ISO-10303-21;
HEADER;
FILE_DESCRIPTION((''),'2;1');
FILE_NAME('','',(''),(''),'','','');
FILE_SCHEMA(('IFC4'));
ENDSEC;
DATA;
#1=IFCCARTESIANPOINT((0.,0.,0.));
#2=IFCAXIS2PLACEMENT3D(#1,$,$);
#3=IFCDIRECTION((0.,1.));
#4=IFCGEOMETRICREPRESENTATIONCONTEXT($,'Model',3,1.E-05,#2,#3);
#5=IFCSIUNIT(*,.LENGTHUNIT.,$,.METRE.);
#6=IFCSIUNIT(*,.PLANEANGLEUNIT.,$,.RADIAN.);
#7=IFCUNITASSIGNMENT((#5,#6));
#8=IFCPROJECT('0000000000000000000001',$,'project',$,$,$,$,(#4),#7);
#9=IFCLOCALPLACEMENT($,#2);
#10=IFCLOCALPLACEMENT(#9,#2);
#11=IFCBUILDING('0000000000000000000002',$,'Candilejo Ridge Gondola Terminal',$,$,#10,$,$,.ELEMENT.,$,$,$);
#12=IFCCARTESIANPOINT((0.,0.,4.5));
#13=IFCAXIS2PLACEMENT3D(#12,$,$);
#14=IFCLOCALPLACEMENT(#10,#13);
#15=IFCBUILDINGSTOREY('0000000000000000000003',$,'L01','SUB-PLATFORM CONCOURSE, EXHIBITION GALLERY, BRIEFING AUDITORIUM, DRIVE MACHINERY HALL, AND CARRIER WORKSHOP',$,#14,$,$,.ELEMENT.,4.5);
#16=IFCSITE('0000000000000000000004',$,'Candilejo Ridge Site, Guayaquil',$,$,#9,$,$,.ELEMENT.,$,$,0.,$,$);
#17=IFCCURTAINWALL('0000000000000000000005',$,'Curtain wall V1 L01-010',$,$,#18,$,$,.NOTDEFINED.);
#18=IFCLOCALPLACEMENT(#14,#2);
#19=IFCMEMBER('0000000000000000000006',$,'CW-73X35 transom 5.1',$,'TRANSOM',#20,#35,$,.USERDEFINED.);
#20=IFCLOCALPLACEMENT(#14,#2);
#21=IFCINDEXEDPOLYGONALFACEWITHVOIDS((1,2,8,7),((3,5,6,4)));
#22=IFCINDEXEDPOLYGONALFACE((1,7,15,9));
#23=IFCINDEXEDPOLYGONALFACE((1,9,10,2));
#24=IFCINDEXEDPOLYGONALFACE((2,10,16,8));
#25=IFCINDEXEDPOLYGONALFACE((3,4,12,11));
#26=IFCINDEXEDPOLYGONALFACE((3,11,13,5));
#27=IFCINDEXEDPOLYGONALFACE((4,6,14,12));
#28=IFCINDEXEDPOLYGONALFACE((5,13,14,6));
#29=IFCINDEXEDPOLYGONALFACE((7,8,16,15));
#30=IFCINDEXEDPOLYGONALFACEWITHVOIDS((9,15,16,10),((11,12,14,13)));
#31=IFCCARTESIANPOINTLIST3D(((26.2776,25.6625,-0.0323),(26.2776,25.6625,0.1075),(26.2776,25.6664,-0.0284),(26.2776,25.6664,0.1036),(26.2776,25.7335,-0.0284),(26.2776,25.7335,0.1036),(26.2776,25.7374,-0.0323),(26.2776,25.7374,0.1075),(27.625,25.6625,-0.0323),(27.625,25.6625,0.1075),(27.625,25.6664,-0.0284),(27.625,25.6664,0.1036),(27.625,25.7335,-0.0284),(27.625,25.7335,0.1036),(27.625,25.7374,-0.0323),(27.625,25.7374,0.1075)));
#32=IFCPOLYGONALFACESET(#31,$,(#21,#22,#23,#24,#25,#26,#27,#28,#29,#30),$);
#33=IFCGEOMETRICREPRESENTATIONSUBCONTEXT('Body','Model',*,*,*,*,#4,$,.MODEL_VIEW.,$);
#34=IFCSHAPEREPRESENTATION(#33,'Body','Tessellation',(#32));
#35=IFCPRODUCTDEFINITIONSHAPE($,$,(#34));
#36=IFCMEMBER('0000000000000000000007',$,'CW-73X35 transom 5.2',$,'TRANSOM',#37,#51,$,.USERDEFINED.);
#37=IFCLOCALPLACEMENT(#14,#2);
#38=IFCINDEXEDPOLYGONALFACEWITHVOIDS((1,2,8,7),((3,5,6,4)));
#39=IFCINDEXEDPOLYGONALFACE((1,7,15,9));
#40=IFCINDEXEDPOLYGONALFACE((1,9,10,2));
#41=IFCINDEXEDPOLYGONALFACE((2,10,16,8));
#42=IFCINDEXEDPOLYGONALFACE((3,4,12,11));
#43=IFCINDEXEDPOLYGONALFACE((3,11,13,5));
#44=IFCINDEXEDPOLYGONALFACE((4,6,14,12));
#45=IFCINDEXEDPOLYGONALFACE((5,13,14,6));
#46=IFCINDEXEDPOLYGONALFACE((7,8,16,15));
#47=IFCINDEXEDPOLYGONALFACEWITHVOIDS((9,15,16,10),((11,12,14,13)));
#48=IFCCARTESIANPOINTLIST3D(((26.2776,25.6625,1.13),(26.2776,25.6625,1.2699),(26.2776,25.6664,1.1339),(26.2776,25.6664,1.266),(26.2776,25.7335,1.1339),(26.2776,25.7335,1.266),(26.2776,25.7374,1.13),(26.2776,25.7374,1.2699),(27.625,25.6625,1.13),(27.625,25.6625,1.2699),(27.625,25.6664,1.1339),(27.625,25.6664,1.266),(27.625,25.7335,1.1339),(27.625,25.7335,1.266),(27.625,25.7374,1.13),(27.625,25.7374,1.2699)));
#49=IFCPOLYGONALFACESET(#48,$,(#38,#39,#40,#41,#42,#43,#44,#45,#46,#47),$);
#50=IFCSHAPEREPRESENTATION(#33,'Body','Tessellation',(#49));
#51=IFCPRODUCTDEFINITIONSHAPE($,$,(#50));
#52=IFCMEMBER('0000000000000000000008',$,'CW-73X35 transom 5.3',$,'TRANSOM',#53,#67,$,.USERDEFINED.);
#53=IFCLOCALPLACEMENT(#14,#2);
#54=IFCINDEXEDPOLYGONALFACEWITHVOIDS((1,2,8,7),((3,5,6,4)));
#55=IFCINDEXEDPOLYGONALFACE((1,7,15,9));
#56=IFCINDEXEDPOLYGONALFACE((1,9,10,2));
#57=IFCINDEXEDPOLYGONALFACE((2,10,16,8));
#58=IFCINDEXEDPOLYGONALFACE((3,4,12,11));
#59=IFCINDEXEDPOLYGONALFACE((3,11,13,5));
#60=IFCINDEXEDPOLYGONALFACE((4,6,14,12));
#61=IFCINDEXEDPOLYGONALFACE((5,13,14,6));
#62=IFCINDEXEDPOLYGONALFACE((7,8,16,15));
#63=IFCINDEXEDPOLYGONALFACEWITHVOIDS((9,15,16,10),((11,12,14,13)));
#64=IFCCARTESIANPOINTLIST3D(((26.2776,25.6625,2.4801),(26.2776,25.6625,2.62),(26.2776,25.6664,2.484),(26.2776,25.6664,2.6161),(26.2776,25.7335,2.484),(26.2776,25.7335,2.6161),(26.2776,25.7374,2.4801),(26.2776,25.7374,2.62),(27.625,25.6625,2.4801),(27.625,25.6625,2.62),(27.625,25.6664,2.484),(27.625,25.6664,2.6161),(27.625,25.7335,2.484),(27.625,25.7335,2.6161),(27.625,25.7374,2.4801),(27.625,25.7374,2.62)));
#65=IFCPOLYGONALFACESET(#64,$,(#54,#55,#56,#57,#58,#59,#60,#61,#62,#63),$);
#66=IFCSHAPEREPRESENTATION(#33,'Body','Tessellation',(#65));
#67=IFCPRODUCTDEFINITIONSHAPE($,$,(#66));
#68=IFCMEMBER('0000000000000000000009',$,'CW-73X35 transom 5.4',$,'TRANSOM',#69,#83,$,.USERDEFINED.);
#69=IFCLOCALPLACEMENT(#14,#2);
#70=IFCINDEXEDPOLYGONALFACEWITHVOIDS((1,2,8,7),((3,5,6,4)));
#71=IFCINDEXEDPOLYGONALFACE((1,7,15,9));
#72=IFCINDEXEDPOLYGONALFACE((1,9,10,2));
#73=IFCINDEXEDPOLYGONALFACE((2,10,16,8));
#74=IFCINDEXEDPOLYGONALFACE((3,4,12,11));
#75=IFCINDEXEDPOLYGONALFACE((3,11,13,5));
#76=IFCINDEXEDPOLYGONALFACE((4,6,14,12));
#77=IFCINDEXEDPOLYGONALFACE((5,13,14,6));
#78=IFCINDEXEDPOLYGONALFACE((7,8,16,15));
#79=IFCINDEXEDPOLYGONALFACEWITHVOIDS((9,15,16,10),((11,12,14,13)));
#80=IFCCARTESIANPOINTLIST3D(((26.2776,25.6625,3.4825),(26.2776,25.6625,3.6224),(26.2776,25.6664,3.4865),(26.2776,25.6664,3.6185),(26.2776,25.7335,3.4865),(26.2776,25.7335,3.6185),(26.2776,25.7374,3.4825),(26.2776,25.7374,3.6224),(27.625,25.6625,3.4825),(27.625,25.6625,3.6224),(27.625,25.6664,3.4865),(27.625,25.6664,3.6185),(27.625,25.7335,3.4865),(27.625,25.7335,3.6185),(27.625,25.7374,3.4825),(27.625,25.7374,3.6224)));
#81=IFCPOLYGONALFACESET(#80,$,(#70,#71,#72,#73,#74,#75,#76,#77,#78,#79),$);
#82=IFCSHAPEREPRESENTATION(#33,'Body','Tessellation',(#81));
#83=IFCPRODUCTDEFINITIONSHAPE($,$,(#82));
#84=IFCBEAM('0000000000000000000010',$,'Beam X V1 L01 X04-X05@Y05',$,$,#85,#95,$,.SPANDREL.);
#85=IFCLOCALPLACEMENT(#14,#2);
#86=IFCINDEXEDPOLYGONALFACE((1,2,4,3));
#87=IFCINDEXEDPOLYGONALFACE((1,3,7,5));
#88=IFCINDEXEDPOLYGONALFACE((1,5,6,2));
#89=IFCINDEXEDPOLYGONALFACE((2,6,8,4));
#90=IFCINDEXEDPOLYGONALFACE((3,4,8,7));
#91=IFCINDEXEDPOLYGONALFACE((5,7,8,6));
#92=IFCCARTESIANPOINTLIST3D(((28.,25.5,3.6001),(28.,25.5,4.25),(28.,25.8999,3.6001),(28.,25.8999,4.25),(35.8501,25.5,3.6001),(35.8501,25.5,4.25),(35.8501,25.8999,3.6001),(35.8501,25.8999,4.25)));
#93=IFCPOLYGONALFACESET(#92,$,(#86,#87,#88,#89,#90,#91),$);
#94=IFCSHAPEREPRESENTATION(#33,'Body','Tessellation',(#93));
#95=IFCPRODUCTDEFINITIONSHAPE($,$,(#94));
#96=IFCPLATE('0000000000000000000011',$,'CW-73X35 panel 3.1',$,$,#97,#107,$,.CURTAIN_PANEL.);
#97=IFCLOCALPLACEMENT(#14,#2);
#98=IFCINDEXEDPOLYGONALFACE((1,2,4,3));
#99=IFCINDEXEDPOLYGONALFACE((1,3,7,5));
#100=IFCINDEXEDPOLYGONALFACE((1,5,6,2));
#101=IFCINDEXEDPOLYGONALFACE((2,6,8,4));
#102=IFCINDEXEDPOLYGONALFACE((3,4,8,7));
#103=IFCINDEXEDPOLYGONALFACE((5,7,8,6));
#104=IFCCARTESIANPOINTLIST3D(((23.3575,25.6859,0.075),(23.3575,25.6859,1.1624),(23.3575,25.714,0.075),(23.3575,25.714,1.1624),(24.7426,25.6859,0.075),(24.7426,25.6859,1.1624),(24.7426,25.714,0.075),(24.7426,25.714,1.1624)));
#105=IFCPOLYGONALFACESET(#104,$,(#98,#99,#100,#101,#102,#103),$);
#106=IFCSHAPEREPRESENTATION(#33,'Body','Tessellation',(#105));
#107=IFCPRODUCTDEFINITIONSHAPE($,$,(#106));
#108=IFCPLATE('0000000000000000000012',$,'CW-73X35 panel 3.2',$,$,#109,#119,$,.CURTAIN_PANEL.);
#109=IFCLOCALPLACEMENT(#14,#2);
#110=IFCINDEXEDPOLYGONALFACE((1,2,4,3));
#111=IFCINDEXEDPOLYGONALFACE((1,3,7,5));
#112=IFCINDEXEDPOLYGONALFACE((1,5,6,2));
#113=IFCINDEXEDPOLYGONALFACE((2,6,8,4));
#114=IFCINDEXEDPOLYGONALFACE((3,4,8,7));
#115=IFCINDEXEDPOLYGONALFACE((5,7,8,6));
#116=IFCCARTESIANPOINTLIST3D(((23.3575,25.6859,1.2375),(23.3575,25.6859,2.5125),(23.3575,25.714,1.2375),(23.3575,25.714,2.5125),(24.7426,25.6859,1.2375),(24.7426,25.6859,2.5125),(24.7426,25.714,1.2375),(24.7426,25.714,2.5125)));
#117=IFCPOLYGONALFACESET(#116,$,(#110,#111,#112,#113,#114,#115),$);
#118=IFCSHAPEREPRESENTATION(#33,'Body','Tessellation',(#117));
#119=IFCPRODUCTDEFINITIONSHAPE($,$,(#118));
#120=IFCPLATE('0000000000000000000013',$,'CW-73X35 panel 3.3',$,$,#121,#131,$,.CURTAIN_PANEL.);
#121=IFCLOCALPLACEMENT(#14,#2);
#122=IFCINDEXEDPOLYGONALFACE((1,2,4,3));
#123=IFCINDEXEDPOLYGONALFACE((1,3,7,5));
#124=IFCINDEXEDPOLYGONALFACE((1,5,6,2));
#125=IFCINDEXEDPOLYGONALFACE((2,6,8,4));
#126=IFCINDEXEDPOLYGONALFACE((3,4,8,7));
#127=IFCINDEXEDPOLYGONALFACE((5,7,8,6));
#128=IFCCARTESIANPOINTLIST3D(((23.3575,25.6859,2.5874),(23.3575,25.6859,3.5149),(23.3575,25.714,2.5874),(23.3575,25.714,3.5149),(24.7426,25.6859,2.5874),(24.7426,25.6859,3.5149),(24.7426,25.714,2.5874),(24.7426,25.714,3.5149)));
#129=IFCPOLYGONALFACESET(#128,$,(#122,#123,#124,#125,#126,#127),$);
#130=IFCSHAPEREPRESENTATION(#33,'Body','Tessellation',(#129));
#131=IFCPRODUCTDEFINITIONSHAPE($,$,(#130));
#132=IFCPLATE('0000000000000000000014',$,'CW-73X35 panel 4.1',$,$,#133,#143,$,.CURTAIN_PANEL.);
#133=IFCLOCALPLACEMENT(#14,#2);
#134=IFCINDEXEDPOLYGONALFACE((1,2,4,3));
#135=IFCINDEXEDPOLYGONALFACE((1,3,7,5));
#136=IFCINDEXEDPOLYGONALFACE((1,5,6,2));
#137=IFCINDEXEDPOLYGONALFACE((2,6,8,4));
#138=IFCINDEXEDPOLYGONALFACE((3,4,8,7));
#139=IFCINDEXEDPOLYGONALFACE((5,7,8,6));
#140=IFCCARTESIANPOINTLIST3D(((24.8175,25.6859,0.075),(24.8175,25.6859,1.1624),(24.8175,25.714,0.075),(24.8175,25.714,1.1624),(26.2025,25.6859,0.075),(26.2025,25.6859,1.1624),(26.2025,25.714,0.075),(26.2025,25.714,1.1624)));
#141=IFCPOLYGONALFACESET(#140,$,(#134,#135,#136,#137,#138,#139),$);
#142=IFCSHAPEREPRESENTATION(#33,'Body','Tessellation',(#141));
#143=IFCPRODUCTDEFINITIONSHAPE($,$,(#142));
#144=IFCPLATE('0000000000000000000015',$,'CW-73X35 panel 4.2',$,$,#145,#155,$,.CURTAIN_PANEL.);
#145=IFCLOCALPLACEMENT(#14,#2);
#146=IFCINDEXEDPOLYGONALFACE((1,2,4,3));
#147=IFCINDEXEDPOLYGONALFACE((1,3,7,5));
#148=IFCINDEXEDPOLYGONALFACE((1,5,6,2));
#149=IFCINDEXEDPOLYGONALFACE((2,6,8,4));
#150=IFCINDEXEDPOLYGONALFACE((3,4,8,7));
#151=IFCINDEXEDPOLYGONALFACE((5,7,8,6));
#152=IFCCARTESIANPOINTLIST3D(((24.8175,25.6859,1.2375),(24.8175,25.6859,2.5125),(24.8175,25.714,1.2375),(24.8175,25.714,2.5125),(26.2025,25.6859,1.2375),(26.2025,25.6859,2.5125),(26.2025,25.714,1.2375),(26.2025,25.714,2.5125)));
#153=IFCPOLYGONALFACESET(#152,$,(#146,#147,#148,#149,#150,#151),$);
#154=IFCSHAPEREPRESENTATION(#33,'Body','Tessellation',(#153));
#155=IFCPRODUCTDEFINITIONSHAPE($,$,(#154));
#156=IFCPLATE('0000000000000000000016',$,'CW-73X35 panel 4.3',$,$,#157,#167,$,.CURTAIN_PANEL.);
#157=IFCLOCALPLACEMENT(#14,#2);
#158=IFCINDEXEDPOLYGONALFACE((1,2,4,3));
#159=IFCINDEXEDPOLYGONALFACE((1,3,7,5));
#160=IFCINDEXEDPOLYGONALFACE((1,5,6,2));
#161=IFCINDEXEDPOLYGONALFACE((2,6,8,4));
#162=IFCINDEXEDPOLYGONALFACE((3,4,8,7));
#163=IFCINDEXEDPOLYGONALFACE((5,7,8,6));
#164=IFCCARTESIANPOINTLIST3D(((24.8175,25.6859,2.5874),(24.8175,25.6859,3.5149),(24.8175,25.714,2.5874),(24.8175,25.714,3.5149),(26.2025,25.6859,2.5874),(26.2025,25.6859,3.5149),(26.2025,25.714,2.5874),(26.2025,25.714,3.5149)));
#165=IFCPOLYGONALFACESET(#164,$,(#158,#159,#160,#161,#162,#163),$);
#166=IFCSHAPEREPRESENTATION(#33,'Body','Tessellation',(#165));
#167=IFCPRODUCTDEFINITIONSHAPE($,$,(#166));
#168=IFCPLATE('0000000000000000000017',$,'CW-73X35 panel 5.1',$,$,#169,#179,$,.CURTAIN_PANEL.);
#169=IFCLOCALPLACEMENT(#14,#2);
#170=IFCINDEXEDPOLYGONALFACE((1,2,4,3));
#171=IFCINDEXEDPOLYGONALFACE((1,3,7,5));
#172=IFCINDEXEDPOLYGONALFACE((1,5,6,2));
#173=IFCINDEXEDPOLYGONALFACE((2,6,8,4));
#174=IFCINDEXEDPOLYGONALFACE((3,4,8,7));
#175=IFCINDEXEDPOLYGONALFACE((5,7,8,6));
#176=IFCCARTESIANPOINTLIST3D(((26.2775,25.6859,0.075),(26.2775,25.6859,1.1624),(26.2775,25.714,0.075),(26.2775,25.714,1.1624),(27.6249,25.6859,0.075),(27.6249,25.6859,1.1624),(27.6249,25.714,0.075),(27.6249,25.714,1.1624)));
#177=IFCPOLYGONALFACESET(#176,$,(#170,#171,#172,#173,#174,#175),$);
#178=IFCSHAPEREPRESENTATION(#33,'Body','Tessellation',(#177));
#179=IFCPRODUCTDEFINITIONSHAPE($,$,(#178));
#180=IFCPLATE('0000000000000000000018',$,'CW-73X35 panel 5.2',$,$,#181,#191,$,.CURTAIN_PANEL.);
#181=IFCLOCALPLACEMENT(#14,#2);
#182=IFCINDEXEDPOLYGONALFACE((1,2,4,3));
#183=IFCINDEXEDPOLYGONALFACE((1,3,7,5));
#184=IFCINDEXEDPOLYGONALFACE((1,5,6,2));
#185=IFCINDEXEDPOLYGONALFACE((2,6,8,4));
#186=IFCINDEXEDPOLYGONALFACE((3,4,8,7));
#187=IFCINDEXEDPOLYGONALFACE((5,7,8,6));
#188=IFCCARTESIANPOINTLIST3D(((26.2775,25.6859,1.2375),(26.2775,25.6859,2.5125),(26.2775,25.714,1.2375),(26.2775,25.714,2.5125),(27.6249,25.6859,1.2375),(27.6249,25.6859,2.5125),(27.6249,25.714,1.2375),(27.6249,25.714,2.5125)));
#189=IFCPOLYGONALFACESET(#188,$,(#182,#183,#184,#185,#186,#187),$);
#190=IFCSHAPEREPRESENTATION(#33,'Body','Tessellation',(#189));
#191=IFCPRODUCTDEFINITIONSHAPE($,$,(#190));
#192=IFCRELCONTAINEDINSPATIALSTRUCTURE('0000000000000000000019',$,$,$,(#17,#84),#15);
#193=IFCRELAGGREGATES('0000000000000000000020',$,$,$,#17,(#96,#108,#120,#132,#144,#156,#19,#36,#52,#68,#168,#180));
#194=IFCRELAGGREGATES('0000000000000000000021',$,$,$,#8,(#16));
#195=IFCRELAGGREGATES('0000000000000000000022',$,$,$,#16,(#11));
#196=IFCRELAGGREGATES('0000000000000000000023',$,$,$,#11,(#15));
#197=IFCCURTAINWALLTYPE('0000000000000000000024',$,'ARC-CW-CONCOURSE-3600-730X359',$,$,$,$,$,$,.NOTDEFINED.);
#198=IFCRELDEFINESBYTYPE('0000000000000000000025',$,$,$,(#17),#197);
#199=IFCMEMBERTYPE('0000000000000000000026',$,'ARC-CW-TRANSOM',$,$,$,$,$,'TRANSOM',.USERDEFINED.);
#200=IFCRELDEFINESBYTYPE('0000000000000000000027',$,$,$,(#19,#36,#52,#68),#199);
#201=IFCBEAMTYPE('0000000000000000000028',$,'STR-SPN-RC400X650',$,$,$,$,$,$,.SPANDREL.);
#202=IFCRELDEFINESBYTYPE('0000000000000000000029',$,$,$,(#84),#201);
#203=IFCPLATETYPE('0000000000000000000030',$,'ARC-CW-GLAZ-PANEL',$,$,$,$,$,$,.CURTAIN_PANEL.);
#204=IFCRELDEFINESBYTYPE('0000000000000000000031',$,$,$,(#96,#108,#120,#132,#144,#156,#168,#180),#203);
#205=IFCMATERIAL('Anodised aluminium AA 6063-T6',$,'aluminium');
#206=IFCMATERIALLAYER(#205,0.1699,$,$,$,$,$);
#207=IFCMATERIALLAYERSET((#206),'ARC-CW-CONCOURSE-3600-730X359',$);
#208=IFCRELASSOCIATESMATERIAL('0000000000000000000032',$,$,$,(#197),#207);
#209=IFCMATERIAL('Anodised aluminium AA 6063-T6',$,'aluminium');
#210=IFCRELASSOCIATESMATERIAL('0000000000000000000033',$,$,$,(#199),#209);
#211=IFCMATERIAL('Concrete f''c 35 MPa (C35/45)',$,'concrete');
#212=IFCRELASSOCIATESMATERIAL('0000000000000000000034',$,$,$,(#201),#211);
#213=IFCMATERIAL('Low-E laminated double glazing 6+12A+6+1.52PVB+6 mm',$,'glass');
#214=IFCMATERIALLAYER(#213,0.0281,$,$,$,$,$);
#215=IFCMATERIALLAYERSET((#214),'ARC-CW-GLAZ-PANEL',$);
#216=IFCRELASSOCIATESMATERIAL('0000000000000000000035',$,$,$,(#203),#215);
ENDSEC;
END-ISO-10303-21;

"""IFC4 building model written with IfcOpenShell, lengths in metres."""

from ifc_helpers import new_model, si_unit, direction, frame, origin, origin_2d, place, context, subcontext, project, spatial, rectangle, hollow_rectangle, extrude, material, layer, layer_set, material_profile, profile_set, type_object, element, aggregate, save


model = new_model("IFC4")

# Units and contexts
model_context = context("Model", 3, precision=1e-05, world=origin(), true_north=direction((0.0, 1.0)))
body_context = subcontext(model_context, "Body", "Model", "MODEL_VIEW")
ifc_project = project(units=[si_unit("LENGTHUNIT", "METRE"), si_unit("PLANEANGLEUNIT", "RADIAN")], contexts=[model_context])

# Site, building, storey
site_placement = place(None, origin())
site = spatial("IfcSite", under=ifc_project, at=site_placement, Name="Candilejo Ridge Site, Guayaquil", CompositionType="ELEMENT", RefElevation=0.0)
building_placement = place(site_placement, origin())
building = spatial("IfcBuilding", under=site, at=building_placement, Name="Candilejo Ridge Gondola Terminal", CompositionType="ELEMENT")
storey_placement = place(building_placement, frame((0.0, 0.0, 4.5)))
storey = spatial("IfcBuildingStorey", under=building, at=storey_placement, Name="L01", Description="SUB-PLATFORM CONCOURSE, EXHIBITION GALLERY, BRIEFING AUDITORIUM, DRIVE MACHINERY HALL, AND CARRIER WORKSHOP", CompositionType="ELEMENT", Elevation=4.5)

# Curtain wall
ifc_material_1 = material(Name="Anodised aluminium AA 6063-T6", Category="aluminium")
ifc_layer_1 = layer(ifc_material_1, 0.1699)
ifc_layer_set_1 = layer_set([ifc_layer_1], Name="ARC-CW-CONCOURSE-3600-730X359")
curtain_wall_type_1 = type_object("IfcCurtainWallType", Name="ARC-CW-CONCOURSE-3600-730X359", PredefinedType="NOTDEFINED", material=ifc_layer_set_1)
curtain_wall_1_placement = place(storey_placement, origin())
curtain_wall_1 = element("IfcCurtainWall", 1, at=curtain_wall_1_placement, inside=storey, type_object=curtain_wall_type_1, Name="Curtain wall V1 L01-010", PredefinedType="NOTDEFINED")

# Members
ifc_material_2 = material(Name="Anodised aluminium AA 6063-T6", Category="aluminium")
ifc_material_profile_1 = material_profile(ifc_material_2, hollow_rectangle(XDim=0.075, YDim=0.1399, WallThickness=0.0039, at=origin_2d()))
ifc_profile_set_1 = profile_set([ifc_material_profile_1], Name="Anodised aluminium AA 6063-T6")
member_type_1 = type_object("IfcMemberType", Name="ARC-CW-TRANSOM", ElementType="TRANSOM", PredefinedType="USERDEFINED", material=ifc_profile_set_1)
member_1_placement = place(storey_placement, frame((26.2776, 25.7, 0.0376), z_axis=(1.0, 0.0, 0.0), x_axis=(0.0, 1.0, 0.0)))
member_1 = element("IfcMember", 2, at=member_1_placement, type_object=member_type_1, Name="CW-73X35 transom 5.1", ObjectType="TRANSOM", PredefinedType="USERDEFINED", context=body_context, shape_type="SweptSolid", body=[
    extrude(hollow_rectangle(XDim=0.075, YDim=0.1399, WallThickness=0.0039, at=origin_2d()), origin(), (0.0, 0.0, 1.0), 1.3474),
])
member_2_placement = place(storey_placement, frame((26.2776, 25.7, 1.2), z_axis=(1.0, 0.0, 0.0), x_axis=(0.0, 1.0, 0.0)))
member_2 = element("IfcMember", 3, at=member_2_placement, type_object=member_type_1, Name="CW-73X35 transom 5.2", ObjectType="TRANSOM", PredefinedType="USERDEFINED", context=body_context, shape_type="SweptSolid", body=[
    extrude(hollow_rectangle(XDim=0.075, YDim=0.1399, WallThickness=0.0039, at=origin_2d()), origin(), (0.0, 0.0, 1.0), 1.3474),
])
member_3_placement = place(storey_placement, frame((26.2776, 25.7, 2.55), z_axis=(1.0, 0.0, 0.0), x_axis=(0.0, 1.0, 0.0)))
member_3 = element("IfcMember", 4, at=member_3_placement, type_object=member_type_1, Name="CW-73X35 transom 5.3", ObjectType="TRANSOM", PredefinedType="USERDEFINED", context=body_context, shape_type="SweptSolid", body=[
    extrude(hollow_rectangle(XDim=0.075, YDim=0.1399, WallThickness=0.0039, at=origin_2d()), origin(), (0.0, 0.0, 1.0), 1.3474),
])
member_4_placement = place(storey_placement, frame((26.2776, 25.7, 3.5525), z_axis=(1.0, 0.0, 0.0), x_axis=(0.0, 1.0, 0.0)))
member_4 = element("IfcMember", 5, at=member_4_placement, type_object=member_type_1, Name="CW-73X35 transom 5.4", ObjectType="TRANSOM", PredefinedType="USERDEFINED", context=body_context, shape_type="SweptSolid", body=[
    extrude(hollow_rectangle(XDim=0.075, YDim=0.1399, WallThickness=0.0039, at=origin_2d()), origin(), (0.0, 0.0, 1.0), 1.3474),
])

# Beam
ifc_material_3 = material(Name="Concrete f'c 35 MPa (C35/45)", Category="concrete")
ifc_material_profile_2 = material_profile(ifc_material_3, rectangle(XDim=0.3999, YDim=0.6499, at=origin_2d()))
ifc_profile_set_2 = profile_set([ifc_material_profile_2], Name="Concrete f'c 35 MPa (C35/45)")
beam_type = type_object("IfcBeamType", Name="STR-SPN-RC400X650", PredefinedType="SPANDREL", material=ifc_profile_set_2)
beam_placement = place(storey_placement, frame((28.0, 25.7, 3.925), z_axis=(1.0, 0.0, 0.0), x_axis=(0.0, 1.0, 0.0)))
element("IfcBeam", 6, at=beam_placement, inside=storey, type_object=beam_type, Name="Beam X V1 L01 X04-X05@Y05", PredefinedType="SPANDREL", context=body_context, shape_type="SweptSolid", body=[
    extrude(rectangle(XDim=0.3999, YDim=0.6499, at=origin_2d()), origin(), (0.0, 0.0, 1.0), 7.8501),
])

# Plates
ifc_material_4 = material(Name="Low-E laminated double glazing 6+12A+6+1.52PVB+6 mm", Category="glass")
ifc_layer_2 = layer(ifc_material_4, 0.0281)
ifc_layer_set_2 = layer_set([ifc_layer_2], Name="ARC-CW-GLAZ-PANEL")
plate_type = type_object("IfcPlateType", Name="ARC-CW-GLAZ-PANEL", PredefinedType="CURTAIN_PANEL", material=ifc_layer_set_2)
plate_1_placement = place(storey_placement, frame((24.05, 25.7, 0.075), z_axis=(0.0, 0.0, 1.0), x_axis=(1.0, 0.0, 0.0)))
plate_1 = element("IfcPlate", 7, at=plate_1_placement, type_object=plate_type, Name="CW-73X35 panel 3.1", PredefinedType="CURTAIN_PANEL", context=body_context, shape_type="SweptSolid", body=[
    extrude(rectangle(XDim=1.385, YDim=0.0281, at=origin_2d()), origin(), (0.0, 0.0, 1.0), 1.0874),
])
plate_2_placement = place(storey_placement, frame((24.05, 25.7, 1.2375), z_axis=(0.0, 0.0, 1.0), x_axis=(1.0, 0.0, 0.0)))
plate_2 = element("IfcPlate", 8, at=plate_2_placement, type_object=plate_type, Name="CW-73X35 panel 3.2", PredefinedType="CURTAIN_PANEL", context=body_context, shape_type="SweptSolid", body=[
    extrude(rectangle(XDim=1.385, YDim=0.0281, at=origin_2d()), origin(), (0.0, 0.0, 1.0), 1.2749),
])
plate_3_placement = place(storey_placement, frame((24.05, 25.7, 2.5874), z_axis=(0.0, 0.0, 1.0), x_axis=(1.0, 0.0, 0.0)))
plate_3 = element("IfcPlate", 9, at=plate_3_placement, type_object=plate_type, Name="CW-73X35 panel 3.3", PredefinedType="CURTAIN_PANEL", context=body_context, shape_type="SweptSolid", body=[
    extrude(rectangle(XDim=1.385, YDim=0.0281, at=origin_2d()), origin(), (0.0, 0.0, 1.0), 0.9275),
])
plate_4_placement = place(storey_placement, frame((25.51, 25.7, 0.075), z_axis=(0.0, 0.0, 1.0), x_axis=(1.0, 0.0, 0.0)))
plate_4 = element("IfcPlate", 10, at=plate_4_placement, type_object=plate_type, Name="CW-73X35 panel 4.1", PredefinedType="CURTAIN_PANEL", context=body_context, shape_type="SweptSolid", body=[
    extrude(rectangle(XDim=1.385, YDim=0.0281, at=origin_2d()), origin(), (0.0, 0.0, 1.0), 1.0874),
])
plate_5_placement = place(storey_placement, frame((25.51, 25.7, 1.2375), z_axis=(0.0, 0.0, 1.0), x_axis=(1.0, 0.0, 0.0)))
plate_5 = element("IfcPlate", 11, at=plate_5_placement, type_object=plate_type, Name="CW-73X35 panel 4.2", PredefinedType="CURTAIN_PANEL", context=body_context, shape_type="SweptSolid", body=[
    extrude(rectangle(XDim=1.385, YDim=0.0281, at=origin_2d()), origin(), (0.0, 0.0, 1.0), 1.2749),
])
plate_6_placement = place(storey_placement, frame((25.51, 25.7, 2.5874), z_axis=(0.0, 0.0, 1.0), x_axis=(1.0, 0.0, 0.0)))
plate_6 = element("IfcPlate", 12, at=plate_6_placement, type_object=plate_type, Name="CW-73X35 panel 4.3", PredefinedType="CURTAIN_PANEL", context=body_context, shape_type="SweptSolid", body=[
    extrude(rectangle(XDim=1.385, YDim=0.0281, at=origin_2d()), origin(), (0.0, 0.0, 1.0), 0.9275),
])
plate_7_placement = place(storey_placement, frame((26.9512, 25.7, 0.075), z_axis=(0.0, 0.0, 1.0), x_axis=(1.0, 0.0, 0.0)))
plate_7 = element("IfcPlate", 13, at=plate_7_placement, type_object=plate_type, Name="CW-73X35 panel 5.1", PredefinedType="CURTAIN_PANEL", context=body_context, shape_type="SweptSolid", body=[
    extrude(rectangle(XDim=1.3474, YDim=0.0281, at=origin_2d()), origin(), (0.0, 0.0, 1.0), 1.0874),
])
plate_8_placement = place(storey_placement, frame((26.9512, 25.7, 1.2375), z_axis=(0.0, 0.0, 1.0), x_axis=(1.0, 0.0, 0.0)))
plate_8 = element("IfcPlate", 14, at=plate_8_placement, type_object=plate_type, Name="CW-73X35 panel 5.2", PredefinedType="CURTAIN_PANEL", context=body_context, shape_type="SweptSolid", body=[
    extrude(rectangle(XDim=1.3474, YDim=0.0281, at=origin_2d()), origin(), (0.0, 0.0, 1.0), 1.2749),
])
aggregate(curtain_wall_1, [plate_1, plate_2, plate_3, plate_4, plate_5, plate_6, member_1, member_2, member_3, member_4, plate_7, plate_8])

save(model, "model.ifc")
